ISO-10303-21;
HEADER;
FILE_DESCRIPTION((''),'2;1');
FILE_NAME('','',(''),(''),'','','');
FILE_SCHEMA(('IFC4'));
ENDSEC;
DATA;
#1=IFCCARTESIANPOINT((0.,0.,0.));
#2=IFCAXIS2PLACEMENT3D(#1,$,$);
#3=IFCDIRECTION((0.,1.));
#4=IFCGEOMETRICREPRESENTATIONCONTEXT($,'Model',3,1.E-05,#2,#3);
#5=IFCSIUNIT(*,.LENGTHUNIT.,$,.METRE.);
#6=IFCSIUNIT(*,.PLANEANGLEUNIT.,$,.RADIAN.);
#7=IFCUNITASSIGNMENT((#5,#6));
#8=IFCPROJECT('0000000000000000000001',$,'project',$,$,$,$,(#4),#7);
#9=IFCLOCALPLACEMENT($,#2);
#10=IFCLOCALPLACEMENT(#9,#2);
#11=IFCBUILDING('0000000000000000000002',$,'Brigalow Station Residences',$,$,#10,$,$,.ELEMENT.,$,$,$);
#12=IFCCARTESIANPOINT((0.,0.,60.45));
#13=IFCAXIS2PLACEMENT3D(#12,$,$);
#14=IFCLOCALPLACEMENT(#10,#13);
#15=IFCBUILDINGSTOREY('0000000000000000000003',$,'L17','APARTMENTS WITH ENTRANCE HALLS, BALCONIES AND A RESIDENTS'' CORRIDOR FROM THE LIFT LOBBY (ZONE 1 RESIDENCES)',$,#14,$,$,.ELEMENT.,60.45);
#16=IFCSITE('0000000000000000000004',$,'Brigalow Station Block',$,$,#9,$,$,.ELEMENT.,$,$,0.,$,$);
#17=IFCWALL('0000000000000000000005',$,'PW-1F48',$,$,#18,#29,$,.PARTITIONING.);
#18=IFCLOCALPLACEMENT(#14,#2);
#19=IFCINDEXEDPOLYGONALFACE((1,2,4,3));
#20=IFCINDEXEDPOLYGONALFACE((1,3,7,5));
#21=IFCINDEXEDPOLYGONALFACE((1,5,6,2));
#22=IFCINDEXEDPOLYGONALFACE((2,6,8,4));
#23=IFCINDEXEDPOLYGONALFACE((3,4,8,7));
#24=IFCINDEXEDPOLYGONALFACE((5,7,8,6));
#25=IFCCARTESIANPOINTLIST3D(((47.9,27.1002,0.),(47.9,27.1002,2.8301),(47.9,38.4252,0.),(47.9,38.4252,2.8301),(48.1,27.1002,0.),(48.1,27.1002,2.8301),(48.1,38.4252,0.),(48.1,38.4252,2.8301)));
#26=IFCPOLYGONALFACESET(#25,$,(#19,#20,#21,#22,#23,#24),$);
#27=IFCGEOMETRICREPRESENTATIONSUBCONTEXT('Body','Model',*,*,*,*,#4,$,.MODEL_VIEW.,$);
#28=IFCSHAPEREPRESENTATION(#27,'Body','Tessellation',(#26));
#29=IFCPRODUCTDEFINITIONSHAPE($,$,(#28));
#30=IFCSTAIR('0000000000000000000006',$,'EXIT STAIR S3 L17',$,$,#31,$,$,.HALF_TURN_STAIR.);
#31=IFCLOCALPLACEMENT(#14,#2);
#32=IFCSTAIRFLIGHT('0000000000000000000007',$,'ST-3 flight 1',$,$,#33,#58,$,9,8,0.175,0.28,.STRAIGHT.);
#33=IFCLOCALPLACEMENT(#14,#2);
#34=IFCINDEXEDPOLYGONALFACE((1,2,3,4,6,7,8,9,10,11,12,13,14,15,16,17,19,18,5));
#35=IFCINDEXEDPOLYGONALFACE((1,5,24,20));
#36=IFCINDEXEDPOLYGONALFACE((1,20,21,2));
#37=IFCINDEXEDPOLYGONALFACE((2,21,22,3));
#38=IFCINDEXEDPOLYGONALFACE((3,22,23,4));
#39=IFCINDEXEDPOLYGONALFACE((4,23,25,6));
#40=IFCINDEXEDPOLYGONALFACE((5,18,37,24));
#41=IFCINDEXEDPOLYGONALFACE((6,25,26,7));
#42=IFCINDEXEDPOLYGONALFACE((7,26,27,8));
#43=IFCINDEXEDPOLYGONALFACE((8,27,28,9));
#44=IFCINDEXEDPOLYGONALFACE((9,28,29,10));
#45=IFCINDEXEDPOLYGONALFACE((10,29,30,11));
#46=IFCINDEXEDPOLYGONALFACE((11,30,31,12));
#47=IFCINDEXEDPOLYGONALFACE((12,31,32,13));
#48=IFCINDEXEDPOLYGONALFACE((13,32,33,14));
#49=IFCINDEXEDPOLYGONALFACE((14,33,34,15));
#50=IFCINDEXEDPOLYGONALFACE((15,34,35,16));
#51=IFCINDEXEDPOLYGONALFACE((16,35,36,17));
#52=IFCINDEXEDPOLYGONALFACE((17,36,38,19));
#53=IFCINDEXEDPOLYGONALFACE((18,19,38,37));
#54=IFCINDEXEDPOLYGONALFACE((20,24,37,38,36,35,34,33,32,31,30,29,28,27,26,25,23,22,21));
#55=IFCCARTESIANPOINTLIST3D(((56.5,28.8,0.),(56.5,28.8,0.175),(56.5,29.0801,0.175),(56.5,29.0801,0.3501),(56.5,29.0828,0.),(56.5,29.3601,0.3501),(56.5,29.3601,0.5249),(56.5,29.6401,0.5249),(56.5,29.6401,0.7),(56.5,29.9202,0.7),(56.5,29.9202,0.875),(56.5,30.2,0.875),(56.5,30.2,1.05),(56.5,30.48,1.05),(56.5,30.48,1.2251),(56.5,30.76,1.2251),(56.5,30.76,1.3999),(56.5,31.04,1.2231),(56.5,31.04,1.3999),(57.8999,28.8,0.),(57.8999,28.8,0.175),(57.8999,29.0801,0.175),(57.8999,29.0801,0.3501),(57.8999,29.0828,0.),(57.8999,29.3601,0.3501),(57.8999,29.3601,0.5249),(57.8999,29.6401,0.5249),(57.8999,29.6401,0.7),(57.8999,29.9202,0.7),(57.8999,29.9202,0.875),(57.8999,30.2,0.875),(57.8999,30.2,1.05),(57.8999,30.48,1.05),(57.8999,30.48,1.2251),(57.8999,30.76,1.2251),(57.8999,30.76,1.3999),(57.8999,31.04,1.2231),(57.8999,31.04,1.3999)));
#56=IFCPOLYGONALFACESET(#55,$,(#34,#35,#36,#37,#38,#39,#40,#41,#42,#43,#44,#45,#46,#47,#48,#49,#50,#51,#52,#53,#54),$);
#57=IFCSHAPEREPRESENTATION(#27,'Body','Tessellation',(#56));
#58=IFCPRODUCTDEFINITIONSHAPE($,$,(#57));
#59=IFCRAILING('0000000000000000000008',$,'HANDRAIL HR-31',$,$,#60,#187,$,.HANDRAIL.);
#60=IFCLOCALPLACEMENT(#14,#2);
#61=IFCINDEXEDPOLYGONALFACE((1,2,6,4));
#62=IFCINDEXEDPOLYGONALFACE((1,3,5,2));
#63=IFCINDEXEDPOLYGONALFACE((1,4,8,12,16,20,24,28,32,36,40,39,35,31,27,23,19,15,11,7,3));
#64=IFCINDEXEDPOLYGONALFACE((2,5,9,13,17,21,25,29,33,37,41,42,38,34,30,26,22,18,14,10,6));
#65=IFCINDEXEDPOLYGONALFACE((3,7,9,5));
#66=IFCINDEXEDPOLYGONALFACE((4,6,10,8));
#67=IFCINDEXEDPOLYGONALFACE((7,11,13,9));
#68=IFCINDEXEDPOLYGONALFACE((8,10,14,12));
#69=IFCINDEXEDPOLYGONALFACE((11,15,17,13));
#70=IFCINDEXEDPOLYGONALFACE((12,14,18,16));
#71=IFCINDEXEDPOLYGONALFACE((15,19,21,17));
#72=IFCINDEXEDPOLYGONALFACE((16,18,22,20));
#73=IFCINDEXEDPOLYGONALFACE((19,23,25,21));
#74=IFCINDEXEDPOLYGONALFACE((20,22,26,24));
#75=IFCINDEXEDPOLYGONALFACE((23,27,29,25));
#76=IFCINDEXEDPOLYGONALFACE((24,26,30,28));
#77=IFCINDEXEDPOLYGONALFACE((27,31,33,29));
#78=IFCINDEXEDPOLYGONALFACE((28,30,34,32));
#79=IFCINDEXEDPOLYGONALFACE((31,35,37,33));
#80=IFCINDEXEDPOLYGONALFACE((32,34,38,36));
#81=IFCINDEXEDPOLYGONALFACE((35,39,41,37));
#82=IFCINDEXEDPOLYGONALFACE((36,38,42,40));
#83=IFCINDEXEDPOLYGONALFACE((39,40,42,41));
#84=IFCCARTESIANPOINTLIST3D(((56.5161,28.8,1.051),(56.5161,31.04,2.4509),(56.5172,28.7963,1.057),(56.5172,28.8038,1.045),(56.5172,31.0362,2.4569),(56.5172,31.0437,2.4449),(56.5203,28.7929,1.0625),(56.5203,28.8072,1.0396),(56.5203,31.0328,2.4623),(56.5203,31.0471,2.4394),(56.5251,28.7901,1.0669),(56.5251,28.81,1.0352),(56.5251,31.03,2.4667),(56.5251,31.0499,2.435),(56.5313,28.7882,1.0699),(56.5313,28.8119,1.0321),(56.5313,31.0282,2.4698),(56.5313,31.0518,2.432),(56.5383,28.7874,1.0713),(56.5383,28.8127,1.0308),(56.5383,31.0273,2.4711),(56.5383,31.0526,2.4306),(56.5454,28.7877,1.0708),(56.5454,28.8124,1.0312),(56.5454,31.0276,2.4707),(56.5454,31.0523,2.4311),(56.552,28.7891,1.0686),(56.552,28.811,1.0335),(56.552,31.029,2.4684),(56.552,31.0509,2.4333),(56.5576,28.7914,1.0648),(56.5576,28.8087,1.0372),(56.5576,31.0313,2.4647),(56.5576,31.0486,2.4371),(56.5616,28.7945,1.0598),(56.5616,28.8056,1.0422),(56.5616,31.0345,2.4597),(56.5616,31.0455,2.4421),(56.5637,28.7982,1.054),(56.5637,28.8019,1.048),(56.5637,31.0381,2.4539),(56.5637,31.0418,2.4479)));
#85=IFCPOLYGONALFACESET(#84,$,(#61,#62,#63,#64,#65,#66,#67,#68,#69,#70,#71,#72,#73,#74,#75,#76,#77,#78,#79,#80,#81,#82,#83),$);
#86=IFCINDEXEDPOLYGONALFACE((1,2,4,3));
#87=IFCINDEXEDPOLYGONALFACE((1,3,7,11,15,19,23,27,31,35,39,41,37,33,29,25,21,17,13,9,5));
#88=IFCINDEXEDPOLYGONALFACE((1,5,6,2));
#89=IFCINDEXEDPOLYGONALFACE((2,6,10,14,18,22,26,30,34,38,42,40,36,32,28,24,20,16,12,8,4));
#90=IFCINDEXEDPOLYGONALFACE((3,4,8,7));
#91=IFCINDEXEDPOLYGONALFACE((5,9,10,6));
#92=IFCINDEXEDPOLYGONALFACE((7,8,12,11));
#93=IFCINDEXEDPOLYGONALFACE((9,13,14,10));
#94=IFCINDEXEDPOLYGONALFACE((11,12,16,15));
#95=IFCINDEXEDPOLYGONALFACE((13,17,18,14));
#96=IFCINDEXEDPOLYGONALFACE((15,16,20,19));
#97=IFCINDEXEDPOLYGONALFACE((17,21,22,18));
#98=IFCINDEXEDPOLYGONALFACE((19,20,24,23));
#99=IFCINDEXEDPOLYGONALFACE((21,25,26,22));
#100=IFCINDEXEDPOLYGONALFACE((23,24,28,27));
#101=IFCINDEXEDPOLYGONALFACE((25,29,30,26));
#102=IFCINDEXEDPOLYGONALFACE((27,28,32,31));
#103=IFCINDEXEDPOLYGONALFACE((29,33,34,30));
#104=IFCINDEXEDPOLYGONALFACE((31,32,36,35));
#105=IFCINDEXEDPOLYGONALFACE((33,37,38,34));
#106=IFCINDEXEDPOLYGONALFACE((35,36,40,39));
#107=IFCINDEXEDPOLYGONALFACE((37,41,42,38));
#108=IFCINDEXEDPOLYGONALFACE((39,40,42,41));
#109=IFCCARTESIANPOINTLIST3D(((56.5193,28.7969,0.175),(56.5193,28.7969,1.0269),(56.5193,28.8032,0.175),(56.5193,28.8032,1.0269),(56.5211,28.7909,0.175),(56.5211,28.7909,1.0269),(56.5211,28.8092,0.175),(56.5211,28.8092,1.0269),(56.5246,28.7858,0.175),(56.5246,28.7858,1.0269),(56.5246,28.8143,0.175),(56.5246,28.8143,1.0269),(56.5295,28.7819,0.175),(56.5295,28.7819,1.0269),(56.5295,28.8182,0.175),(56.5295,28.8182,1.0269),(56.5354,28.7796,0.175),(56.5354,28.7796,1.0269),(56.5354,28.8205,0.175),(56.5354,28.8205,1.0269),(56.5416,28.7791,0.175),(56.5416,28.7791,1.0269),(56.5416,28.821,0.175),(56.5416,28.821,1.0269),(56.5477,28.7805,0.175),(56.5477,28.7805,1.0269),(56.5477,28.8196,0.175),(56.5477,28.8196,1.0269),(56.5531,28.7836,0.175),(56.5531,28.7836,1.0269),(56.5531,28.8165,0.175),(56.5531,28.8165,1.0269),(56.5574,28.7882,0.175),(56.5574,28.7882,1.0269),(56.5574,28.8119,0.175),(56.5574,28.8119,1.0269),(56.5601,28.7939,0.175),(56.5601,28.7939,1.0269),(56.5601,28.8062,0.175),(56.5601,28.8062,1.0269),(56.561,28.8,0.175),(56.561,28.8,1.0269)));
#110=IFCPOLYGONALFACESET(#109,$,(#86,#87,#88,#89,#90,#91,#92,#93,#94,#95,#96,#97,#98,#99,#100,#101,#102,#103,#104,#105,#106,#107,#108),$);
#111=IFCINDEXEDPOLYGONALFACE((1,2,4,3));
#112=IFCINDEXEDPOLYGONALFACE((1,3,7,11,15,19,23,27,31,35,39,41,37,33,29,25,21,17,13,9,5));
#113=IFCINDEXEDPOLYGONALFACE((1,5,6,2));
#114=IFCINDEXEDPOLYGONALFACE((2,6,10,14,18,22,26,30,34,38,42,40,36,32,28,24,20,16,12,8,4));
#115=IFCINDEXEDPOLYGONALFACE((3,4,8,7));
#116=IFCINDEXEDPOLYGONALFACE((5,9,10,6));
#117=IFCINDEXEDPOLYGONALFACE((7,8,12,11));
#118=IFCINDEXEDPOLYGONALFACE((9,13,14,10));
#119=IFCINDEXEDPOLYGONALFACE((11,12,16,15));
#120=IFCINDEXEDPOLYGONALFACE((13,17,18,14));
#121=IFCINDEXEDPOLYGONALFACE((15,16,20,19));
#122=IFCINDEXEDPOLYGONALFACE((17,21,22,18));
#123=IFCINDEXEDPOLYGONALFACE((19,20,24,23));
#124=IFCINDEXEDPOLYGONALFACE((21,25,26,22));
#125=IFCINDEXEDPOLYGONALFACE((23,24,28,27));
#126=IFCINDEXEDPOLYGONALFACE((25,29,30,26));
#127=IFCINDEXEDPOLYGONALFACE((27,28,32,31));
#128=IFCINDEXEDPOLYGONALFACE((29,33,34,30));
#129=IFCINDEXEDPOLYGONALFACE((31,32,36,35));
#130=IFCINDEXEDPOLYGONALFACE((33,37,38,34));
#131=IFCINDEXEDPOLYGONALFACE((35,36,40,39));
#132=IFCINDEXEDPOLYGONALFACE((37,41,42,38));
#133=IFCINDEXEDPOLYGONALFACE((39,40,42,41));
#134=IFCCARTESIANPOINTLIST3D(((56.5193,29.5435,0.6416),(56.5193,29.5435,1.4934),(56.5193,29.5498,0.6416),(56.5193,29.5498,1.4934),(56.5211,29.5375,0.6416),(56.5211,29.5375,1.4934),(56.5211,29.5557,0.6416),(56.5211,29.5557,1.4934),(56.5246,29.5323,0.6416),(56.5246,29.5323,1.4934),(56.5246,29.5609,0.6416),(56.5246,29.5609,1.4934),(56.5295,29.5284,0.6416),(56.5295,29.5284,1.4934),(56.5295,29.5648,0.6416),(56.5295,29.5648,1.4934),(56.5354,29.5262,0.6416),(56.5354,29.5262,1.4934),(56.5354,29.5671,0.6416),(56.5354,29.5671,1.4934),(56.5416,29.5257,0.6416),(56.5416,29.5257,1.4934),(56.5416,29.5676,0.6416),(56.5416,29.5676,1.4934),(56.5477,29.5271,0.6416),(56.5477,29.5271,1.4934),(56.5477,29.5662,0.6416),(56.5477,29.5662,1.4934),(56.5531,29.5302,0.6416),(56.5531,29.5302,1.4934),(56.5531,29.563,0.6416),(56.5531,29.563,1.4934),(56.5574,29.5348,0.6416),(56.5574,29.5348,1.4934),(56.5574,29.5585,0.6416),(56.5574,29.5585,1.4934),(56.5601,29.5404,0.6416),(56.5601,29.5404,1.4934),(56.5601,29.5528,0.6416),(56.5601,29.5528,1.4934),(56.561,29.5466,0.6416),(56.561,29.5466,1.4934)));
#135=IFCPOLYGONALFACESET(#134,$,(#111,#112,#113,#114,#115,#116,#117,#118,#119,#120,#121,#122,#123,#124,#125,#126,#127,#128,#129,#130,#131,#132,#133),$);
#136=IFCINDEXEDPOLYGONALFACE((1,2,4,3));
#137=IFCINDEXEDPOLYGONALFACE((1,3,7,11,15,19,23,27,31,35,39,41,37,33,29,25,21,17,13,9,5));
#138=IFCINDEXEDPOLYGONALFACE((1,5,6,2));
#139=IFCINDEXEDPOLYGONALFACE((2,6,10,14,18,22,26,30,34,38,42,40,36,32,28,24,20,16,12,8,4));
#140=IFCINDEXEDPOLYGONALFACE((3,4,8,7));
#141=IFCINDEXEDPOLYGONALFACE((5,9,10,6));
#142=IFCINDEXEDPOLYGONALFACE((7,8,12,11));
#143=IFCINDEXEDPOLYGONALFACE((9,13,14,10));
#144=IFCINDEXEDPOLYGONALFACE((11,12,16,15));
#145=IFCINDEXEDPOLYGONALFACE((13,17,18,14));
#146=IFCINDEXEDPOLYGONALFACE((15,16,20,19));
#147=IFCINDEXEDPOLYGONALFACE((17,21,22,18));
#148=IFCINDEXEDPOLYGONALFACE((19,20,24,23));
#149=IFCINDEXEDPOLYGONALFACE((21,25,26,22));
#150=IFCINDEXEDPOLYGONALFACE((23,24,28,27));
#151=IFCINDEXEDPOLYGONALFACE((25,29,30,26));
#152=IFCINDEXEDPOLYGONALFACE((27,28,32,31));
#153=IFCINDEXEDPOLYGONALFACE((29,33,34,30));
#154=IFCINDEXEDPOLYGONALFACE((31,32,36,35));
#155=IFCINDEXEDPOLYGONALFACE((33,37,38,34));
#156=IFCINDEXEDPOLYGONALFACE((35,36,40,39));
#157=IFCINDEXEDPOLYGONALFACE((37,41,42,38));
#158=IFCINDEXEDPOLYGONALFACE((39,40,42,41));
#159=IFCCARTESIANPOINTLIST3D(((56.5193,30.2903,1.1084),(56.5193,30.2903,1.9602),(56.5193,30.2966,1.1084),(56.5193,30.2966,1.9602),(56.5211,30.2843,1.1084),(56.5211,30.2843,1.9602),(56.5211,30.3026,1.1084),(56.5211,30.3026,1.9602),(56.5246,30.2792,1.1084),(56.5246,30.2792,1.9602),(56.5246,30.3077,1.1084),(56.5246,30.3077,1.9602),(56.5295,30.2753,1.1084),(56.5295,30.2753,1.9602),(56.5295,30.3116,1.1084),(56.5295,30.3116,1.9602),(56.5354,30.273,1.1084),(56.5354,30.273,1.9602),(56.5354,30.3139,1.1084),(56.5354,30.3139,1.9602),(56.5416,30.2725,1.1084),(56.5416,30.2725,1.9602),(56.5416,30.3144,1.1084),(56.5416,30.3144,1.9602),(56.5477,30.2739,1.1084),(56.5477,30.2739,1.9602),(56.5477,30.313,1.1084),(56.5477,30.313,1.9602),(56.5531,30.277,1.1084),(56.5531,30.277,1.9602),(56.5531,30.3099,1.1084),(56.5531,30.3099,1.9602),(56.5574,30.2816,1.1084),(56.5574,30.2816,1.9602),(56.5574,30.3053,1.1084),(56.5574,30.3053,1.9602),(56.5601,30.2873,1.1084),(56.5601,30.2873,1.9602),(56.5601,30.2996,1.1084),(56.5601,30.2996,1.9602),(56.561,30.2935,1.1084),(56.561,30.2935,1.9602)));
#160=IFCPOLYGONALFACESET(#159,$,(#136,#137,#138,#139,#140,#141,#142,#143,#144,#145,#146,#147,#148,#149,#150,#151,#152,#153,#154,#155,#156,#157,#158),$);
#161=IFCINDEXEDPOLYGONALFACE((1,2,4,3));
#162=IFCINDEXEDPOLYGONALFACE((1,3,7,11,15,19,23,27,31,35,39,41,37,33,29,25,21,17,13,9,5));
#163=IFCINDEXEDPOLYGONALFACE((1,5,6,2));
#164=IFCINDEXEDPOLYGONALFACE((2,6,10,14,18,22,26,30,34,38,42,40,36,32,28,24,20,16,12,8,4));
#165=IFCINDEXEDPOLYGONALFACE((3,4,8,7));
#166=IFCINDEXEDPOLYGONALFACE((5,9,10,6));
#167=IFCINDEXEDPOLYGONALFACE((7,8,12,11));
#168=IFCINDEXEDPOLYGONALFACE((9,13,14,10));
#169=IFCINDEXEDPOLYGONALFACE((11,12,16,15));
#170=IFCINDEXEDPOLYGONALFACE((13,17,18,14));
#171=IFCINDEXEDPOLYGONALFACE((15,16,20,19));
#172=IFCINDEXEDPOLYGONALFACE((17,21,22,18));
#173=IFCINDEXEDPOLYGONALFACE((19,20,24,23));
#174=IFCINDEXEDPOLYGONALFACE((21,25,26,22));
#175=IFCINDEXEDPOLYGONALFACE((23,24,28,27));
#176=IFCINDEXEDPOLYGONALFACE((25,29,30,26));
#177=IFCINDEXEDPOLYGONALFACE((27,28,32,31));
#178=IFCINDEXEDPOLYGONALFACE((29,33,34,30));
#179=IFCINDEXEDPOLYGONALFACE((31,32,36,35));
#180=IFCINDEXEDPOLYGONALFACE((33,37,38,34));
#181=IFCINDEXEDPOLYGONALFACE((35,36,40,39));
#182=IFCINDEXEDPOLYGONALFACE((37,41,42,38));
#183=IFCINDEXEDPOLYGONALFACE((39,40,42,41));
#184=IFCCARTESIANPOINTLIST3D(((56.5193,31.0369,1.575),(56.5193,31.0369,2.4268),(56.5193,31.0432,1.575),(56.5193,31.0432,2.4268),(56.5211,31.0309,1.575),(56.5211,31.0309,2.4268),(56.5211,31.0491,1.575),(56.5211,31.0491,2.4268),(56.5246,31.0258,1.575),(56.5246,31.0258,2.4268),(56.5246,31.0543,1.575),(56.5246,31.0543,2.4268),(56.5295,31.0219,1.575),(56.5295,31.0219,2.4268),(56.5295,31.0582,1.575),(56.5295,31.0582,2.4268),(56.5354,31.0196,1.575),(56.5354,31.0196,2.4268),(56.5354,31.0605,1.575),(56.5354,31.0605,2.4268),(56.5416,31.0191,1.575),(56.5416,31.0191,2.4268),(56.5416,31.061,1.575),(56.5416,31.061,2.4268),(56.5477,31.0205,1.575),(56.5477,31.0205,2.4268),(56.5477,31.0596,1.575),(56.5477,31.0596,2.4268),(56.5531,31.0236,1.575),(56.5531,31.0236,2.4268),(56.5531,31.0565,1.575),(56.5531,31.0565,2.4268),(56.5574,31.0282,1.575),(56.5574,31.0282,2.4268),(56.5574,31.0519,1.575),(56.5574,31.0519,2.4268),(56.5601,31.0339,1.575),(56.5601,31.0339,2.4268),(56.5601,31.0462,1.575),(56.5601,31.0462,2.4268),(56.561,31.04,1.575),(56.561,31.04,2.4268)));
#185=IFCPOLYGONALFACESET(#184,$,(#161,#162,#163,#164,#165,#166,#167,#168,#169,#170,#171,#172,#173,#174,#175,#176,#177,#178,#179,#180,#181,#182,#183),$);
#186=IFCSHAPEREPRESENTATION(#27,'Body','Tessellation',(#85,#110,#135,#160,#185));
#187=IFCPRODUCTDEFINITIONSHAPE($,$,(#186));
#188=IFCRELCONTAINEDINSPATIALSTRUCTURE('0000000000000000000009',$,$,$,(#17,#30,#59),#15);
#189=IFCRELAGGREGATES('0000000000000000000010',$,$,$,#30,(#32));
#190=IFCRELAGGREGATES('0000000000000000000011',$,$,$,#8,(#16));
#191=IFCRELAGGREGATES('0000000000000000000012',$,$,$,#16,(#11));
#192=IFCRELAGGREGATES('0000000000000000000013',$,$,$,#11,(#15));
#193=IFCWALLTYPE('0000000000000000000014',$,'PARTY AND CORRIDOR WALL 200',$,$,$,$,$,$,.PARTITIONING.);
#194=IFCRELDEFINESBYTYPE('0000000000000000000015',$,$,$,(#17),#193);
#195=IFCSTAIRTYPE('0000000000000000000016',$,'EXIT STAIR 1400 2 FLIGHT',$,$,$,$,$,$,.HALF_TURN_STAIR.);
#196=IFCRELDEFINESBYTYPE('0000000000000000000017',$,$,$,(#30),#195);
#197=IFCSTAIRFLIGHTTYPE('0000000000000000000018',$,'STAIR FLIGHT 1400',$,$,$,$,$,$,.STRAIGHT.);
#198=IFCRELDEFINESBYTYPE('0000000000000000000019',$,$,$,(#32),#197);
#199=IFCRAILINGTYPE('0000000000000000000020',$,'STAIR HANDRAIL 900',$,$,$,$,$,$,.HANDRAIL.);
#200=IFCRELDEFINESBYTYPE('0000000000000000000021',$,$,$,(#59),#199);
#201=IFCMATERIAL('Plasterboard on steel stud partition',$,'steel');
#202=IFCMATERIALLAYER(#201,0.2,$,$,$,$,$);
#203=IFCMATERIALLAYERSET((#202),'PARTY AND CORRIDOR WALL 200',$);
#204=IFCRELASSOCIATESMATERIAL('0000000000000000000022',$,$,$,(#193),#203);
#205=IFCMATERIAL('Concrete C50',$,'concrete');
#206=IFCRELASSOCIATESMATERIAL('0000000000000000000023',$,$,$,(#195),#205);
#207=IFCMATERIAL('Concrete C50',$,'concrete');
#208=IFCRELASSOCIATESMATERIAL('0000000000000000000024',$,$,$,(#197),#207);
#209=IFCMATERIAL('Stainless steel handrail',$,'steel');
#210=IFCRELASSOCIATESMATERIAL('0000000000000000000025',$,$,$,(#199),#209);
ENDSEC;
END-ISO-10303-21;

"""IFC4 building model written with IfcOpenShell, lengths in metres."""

from ifc_helpers import new_model, si_unit, direction, frame, frame_2d, origin, origin_2d, place, context, subcontext, project, spatial, polyline, rectangle, circle, outline, extrude, material, layer, layer_set, type_object, element, aggregate, save


model = new_model("IFC4")

# Units and contexts
model_context = context("Model", 3, precision=1e-05, world=origin(), true_north=direction((0.0, 1.0)))
body_context = subcontext(model_context, "Body", "Model", "MODEL_VIEW")
ifc_project = project(units=[si_unit("LENGTHUNIT", "METRE"), si_unit("PLANEANGLEUNIT", "RADIAN")], contexts=[model_context])

# Site, building, storey
site_placement = place(None, origin())
site = spatial("IfcSite", under=ifc_project, at=site_placement, Name="Brigalow Station Block", CompositionType="ELEMENT", RefElevation=0.0)
building_placement = place(site_placement, origin())
building = spatial("IfcBuilding", under=site, at=building_placement, Name="Brigalow Station Residences", CompositionType="ELEMENT")
storey_placement = place(building_placement, frame((0.0, 0.0, 60.45)))
storey = spatial("IfcBuildingStorey", under=building, at=storey_placement, Name="L17", Description="APARTMENTS WITH ENTRANCE HALLS, BALCONIES AND A RESIDENTS' CORRIDOR FROM THE LIFT LOBBY (ZONE 1 RESIDENCES)", CompositionType="ELEMENT", Elevation=60.45)

# Wall
ifc_material_1 = material(Name="Plasterboard on steel stud partition", Category="steel")
ifc_layer_1 = layer(ifc_material_1, 0.2)
ifc_layer_set_1 = layer_set([ifc_layer_1], Name="PARTY AND CORRIDOR WALL 200")
wall_type_1 = type_object("IfcWallType", Name="PARTY AND CORRIDOR WALL 200", PredefinedType="PARTITIONING", material=ifc_layer_set_1)
wall_1_placement = place(storey_placement, frame((48.0, 27.1001, 0.0), z_axis=(0.0, 0.0, 1.0), x_axis=(0.0, 1.0, 0.0)))
element("IfcWall", 1, at=wall_1_placement, inside=storey, type_object=wall_type_1, Name="PW-1F48", PredefinedType="PARTITIONING", context=body_context, shape_type="SweptSolid", body=[
    extrude(rectangle(XDim=11.325, YDim=0.2, at=frame_2d((5.6626, 0.0))), origin(), (0.0, 0.0, 1.0), 2.8301),
])

# Stair, stair flight
ifc_material_2 = material(Name="Concrete C50", Category="concrete")
stair_type = type_object("IfcStairType", Name="EXIT STAIR 1400 2 FLIGHT", PredefinedType="HALF_TURN_STAIR", material=ifc_material_2)
stair_placement = place(storey_placement, origin())
stair = element("IfcStair", 2, at=stair_placement, inside=storey, type_object=stair_type, Name="EXIT STAIR S3 L17", PredefinedType="HALF_TURN_STAIR")
ifc_material_3 = material(Name="Concrete C50", Category="concrete")
stair_flight_type = type_object("IfcStairFlightType", Name="STAIR FLIGHT 1400", PredefinedType="STRAIGHT", material=ifc_material_3)
stair_flight_placement = place(storey_placement, frame((57.2, 28.8, 0.0), z_axis=(0.0, 0.0, 1.0), x_axis=(0.0, 1.0, 0.0)))
stair_flight = element("IfcStairFlight", 3, at=stair_flight_placement, type_object=stair_flight_type, Name="ST-3 flight 1", NumberOfRisers=9, NumberOfTreads=8, PredefinedType="STRAIGHT", RiserHeight=0.175, TreadLength=0.28, context=body_context, shape_type="SweptSolid", body=[
    extrude(outline(polyline([(0.0, 0.0), (0.0, 0.175), (0.28, 0.175), (0.28, 0.3501), (0.5601, 0.3501), (0.5601, 0.5249), (0.8401, 0.5249), (0.8401, 0.7), (1.1201, 0.7), (1.1201, 0.875), (1.3999, 0.875), (1.3999, 1.05), (1.6799, 1.05), (1.6799, 1.2251), (1.96, 1.2251), (1.96, 1.3999), (2.24, 1.3999), (2.24, 1.575), (2.24, 1.2231), (0.2827, 0.0), (0.0, 0.0)])), frame((0.0, 0.7, 0.0), z_axis=(0.0, -1.0, 0.0), x_axis=(1.0, 0.0, 0.0)), (0.0, 0.0, 1.0), 1.3999),
])
aggregate(stair, [stair_flight])

# Railing
ifc_material_4 = material(Name="Stainless steel handrail", Category="steel")
railing_type = type_object("IfcRailingType", Name="STAIR HANDRAIL 900", PredefinedType="HANDRAIL", material=ifc_material_4)
railing_placement = place(storey_placement, frame((56.54, 28.8, 0.175)))
element("IfcRailing", 4, at=railing_placement, inside=storey, type_object=railing_type, Name="HANDRAIL HR-31", PredefinedType="HANDRAIL", context=body_context, shape_type="SweptSolid", body=[
    extrude(circle(Radius=0.0239, at=origin_2d()), frame((0.0, 0.0, 0.876), z_axis=(0.0, 0.848014, 0.529974), x_axis=(-1.0, 0.0, 0.0)), (0.0, 0.0, 1.0), 2.6414),
    extrude(circle(Radius=0.021, at=origin_2d()), origin(), (0.0, 0.0, 1.0), 0.8518),
    extrude(circle(Radius=0.021, at=origin_2d()), frame((0.0, 0.7466, 0.4666)), (0.0, 0.0, 1.0), 0.8518),
    extrude(circle(Radius=0.021, at=origin_2d()), frame((0.0, 1.4934, 0.9333)), (0.0, 0.0, 1.0), 0.8518),
    extrude(circle(Radius=0.021, at=origin_2d()), frame((0.0, 2.24, 1.3999)), (0.0, 0.0, 1.0), 0.8518),
])

save(model, "model.ifc")
